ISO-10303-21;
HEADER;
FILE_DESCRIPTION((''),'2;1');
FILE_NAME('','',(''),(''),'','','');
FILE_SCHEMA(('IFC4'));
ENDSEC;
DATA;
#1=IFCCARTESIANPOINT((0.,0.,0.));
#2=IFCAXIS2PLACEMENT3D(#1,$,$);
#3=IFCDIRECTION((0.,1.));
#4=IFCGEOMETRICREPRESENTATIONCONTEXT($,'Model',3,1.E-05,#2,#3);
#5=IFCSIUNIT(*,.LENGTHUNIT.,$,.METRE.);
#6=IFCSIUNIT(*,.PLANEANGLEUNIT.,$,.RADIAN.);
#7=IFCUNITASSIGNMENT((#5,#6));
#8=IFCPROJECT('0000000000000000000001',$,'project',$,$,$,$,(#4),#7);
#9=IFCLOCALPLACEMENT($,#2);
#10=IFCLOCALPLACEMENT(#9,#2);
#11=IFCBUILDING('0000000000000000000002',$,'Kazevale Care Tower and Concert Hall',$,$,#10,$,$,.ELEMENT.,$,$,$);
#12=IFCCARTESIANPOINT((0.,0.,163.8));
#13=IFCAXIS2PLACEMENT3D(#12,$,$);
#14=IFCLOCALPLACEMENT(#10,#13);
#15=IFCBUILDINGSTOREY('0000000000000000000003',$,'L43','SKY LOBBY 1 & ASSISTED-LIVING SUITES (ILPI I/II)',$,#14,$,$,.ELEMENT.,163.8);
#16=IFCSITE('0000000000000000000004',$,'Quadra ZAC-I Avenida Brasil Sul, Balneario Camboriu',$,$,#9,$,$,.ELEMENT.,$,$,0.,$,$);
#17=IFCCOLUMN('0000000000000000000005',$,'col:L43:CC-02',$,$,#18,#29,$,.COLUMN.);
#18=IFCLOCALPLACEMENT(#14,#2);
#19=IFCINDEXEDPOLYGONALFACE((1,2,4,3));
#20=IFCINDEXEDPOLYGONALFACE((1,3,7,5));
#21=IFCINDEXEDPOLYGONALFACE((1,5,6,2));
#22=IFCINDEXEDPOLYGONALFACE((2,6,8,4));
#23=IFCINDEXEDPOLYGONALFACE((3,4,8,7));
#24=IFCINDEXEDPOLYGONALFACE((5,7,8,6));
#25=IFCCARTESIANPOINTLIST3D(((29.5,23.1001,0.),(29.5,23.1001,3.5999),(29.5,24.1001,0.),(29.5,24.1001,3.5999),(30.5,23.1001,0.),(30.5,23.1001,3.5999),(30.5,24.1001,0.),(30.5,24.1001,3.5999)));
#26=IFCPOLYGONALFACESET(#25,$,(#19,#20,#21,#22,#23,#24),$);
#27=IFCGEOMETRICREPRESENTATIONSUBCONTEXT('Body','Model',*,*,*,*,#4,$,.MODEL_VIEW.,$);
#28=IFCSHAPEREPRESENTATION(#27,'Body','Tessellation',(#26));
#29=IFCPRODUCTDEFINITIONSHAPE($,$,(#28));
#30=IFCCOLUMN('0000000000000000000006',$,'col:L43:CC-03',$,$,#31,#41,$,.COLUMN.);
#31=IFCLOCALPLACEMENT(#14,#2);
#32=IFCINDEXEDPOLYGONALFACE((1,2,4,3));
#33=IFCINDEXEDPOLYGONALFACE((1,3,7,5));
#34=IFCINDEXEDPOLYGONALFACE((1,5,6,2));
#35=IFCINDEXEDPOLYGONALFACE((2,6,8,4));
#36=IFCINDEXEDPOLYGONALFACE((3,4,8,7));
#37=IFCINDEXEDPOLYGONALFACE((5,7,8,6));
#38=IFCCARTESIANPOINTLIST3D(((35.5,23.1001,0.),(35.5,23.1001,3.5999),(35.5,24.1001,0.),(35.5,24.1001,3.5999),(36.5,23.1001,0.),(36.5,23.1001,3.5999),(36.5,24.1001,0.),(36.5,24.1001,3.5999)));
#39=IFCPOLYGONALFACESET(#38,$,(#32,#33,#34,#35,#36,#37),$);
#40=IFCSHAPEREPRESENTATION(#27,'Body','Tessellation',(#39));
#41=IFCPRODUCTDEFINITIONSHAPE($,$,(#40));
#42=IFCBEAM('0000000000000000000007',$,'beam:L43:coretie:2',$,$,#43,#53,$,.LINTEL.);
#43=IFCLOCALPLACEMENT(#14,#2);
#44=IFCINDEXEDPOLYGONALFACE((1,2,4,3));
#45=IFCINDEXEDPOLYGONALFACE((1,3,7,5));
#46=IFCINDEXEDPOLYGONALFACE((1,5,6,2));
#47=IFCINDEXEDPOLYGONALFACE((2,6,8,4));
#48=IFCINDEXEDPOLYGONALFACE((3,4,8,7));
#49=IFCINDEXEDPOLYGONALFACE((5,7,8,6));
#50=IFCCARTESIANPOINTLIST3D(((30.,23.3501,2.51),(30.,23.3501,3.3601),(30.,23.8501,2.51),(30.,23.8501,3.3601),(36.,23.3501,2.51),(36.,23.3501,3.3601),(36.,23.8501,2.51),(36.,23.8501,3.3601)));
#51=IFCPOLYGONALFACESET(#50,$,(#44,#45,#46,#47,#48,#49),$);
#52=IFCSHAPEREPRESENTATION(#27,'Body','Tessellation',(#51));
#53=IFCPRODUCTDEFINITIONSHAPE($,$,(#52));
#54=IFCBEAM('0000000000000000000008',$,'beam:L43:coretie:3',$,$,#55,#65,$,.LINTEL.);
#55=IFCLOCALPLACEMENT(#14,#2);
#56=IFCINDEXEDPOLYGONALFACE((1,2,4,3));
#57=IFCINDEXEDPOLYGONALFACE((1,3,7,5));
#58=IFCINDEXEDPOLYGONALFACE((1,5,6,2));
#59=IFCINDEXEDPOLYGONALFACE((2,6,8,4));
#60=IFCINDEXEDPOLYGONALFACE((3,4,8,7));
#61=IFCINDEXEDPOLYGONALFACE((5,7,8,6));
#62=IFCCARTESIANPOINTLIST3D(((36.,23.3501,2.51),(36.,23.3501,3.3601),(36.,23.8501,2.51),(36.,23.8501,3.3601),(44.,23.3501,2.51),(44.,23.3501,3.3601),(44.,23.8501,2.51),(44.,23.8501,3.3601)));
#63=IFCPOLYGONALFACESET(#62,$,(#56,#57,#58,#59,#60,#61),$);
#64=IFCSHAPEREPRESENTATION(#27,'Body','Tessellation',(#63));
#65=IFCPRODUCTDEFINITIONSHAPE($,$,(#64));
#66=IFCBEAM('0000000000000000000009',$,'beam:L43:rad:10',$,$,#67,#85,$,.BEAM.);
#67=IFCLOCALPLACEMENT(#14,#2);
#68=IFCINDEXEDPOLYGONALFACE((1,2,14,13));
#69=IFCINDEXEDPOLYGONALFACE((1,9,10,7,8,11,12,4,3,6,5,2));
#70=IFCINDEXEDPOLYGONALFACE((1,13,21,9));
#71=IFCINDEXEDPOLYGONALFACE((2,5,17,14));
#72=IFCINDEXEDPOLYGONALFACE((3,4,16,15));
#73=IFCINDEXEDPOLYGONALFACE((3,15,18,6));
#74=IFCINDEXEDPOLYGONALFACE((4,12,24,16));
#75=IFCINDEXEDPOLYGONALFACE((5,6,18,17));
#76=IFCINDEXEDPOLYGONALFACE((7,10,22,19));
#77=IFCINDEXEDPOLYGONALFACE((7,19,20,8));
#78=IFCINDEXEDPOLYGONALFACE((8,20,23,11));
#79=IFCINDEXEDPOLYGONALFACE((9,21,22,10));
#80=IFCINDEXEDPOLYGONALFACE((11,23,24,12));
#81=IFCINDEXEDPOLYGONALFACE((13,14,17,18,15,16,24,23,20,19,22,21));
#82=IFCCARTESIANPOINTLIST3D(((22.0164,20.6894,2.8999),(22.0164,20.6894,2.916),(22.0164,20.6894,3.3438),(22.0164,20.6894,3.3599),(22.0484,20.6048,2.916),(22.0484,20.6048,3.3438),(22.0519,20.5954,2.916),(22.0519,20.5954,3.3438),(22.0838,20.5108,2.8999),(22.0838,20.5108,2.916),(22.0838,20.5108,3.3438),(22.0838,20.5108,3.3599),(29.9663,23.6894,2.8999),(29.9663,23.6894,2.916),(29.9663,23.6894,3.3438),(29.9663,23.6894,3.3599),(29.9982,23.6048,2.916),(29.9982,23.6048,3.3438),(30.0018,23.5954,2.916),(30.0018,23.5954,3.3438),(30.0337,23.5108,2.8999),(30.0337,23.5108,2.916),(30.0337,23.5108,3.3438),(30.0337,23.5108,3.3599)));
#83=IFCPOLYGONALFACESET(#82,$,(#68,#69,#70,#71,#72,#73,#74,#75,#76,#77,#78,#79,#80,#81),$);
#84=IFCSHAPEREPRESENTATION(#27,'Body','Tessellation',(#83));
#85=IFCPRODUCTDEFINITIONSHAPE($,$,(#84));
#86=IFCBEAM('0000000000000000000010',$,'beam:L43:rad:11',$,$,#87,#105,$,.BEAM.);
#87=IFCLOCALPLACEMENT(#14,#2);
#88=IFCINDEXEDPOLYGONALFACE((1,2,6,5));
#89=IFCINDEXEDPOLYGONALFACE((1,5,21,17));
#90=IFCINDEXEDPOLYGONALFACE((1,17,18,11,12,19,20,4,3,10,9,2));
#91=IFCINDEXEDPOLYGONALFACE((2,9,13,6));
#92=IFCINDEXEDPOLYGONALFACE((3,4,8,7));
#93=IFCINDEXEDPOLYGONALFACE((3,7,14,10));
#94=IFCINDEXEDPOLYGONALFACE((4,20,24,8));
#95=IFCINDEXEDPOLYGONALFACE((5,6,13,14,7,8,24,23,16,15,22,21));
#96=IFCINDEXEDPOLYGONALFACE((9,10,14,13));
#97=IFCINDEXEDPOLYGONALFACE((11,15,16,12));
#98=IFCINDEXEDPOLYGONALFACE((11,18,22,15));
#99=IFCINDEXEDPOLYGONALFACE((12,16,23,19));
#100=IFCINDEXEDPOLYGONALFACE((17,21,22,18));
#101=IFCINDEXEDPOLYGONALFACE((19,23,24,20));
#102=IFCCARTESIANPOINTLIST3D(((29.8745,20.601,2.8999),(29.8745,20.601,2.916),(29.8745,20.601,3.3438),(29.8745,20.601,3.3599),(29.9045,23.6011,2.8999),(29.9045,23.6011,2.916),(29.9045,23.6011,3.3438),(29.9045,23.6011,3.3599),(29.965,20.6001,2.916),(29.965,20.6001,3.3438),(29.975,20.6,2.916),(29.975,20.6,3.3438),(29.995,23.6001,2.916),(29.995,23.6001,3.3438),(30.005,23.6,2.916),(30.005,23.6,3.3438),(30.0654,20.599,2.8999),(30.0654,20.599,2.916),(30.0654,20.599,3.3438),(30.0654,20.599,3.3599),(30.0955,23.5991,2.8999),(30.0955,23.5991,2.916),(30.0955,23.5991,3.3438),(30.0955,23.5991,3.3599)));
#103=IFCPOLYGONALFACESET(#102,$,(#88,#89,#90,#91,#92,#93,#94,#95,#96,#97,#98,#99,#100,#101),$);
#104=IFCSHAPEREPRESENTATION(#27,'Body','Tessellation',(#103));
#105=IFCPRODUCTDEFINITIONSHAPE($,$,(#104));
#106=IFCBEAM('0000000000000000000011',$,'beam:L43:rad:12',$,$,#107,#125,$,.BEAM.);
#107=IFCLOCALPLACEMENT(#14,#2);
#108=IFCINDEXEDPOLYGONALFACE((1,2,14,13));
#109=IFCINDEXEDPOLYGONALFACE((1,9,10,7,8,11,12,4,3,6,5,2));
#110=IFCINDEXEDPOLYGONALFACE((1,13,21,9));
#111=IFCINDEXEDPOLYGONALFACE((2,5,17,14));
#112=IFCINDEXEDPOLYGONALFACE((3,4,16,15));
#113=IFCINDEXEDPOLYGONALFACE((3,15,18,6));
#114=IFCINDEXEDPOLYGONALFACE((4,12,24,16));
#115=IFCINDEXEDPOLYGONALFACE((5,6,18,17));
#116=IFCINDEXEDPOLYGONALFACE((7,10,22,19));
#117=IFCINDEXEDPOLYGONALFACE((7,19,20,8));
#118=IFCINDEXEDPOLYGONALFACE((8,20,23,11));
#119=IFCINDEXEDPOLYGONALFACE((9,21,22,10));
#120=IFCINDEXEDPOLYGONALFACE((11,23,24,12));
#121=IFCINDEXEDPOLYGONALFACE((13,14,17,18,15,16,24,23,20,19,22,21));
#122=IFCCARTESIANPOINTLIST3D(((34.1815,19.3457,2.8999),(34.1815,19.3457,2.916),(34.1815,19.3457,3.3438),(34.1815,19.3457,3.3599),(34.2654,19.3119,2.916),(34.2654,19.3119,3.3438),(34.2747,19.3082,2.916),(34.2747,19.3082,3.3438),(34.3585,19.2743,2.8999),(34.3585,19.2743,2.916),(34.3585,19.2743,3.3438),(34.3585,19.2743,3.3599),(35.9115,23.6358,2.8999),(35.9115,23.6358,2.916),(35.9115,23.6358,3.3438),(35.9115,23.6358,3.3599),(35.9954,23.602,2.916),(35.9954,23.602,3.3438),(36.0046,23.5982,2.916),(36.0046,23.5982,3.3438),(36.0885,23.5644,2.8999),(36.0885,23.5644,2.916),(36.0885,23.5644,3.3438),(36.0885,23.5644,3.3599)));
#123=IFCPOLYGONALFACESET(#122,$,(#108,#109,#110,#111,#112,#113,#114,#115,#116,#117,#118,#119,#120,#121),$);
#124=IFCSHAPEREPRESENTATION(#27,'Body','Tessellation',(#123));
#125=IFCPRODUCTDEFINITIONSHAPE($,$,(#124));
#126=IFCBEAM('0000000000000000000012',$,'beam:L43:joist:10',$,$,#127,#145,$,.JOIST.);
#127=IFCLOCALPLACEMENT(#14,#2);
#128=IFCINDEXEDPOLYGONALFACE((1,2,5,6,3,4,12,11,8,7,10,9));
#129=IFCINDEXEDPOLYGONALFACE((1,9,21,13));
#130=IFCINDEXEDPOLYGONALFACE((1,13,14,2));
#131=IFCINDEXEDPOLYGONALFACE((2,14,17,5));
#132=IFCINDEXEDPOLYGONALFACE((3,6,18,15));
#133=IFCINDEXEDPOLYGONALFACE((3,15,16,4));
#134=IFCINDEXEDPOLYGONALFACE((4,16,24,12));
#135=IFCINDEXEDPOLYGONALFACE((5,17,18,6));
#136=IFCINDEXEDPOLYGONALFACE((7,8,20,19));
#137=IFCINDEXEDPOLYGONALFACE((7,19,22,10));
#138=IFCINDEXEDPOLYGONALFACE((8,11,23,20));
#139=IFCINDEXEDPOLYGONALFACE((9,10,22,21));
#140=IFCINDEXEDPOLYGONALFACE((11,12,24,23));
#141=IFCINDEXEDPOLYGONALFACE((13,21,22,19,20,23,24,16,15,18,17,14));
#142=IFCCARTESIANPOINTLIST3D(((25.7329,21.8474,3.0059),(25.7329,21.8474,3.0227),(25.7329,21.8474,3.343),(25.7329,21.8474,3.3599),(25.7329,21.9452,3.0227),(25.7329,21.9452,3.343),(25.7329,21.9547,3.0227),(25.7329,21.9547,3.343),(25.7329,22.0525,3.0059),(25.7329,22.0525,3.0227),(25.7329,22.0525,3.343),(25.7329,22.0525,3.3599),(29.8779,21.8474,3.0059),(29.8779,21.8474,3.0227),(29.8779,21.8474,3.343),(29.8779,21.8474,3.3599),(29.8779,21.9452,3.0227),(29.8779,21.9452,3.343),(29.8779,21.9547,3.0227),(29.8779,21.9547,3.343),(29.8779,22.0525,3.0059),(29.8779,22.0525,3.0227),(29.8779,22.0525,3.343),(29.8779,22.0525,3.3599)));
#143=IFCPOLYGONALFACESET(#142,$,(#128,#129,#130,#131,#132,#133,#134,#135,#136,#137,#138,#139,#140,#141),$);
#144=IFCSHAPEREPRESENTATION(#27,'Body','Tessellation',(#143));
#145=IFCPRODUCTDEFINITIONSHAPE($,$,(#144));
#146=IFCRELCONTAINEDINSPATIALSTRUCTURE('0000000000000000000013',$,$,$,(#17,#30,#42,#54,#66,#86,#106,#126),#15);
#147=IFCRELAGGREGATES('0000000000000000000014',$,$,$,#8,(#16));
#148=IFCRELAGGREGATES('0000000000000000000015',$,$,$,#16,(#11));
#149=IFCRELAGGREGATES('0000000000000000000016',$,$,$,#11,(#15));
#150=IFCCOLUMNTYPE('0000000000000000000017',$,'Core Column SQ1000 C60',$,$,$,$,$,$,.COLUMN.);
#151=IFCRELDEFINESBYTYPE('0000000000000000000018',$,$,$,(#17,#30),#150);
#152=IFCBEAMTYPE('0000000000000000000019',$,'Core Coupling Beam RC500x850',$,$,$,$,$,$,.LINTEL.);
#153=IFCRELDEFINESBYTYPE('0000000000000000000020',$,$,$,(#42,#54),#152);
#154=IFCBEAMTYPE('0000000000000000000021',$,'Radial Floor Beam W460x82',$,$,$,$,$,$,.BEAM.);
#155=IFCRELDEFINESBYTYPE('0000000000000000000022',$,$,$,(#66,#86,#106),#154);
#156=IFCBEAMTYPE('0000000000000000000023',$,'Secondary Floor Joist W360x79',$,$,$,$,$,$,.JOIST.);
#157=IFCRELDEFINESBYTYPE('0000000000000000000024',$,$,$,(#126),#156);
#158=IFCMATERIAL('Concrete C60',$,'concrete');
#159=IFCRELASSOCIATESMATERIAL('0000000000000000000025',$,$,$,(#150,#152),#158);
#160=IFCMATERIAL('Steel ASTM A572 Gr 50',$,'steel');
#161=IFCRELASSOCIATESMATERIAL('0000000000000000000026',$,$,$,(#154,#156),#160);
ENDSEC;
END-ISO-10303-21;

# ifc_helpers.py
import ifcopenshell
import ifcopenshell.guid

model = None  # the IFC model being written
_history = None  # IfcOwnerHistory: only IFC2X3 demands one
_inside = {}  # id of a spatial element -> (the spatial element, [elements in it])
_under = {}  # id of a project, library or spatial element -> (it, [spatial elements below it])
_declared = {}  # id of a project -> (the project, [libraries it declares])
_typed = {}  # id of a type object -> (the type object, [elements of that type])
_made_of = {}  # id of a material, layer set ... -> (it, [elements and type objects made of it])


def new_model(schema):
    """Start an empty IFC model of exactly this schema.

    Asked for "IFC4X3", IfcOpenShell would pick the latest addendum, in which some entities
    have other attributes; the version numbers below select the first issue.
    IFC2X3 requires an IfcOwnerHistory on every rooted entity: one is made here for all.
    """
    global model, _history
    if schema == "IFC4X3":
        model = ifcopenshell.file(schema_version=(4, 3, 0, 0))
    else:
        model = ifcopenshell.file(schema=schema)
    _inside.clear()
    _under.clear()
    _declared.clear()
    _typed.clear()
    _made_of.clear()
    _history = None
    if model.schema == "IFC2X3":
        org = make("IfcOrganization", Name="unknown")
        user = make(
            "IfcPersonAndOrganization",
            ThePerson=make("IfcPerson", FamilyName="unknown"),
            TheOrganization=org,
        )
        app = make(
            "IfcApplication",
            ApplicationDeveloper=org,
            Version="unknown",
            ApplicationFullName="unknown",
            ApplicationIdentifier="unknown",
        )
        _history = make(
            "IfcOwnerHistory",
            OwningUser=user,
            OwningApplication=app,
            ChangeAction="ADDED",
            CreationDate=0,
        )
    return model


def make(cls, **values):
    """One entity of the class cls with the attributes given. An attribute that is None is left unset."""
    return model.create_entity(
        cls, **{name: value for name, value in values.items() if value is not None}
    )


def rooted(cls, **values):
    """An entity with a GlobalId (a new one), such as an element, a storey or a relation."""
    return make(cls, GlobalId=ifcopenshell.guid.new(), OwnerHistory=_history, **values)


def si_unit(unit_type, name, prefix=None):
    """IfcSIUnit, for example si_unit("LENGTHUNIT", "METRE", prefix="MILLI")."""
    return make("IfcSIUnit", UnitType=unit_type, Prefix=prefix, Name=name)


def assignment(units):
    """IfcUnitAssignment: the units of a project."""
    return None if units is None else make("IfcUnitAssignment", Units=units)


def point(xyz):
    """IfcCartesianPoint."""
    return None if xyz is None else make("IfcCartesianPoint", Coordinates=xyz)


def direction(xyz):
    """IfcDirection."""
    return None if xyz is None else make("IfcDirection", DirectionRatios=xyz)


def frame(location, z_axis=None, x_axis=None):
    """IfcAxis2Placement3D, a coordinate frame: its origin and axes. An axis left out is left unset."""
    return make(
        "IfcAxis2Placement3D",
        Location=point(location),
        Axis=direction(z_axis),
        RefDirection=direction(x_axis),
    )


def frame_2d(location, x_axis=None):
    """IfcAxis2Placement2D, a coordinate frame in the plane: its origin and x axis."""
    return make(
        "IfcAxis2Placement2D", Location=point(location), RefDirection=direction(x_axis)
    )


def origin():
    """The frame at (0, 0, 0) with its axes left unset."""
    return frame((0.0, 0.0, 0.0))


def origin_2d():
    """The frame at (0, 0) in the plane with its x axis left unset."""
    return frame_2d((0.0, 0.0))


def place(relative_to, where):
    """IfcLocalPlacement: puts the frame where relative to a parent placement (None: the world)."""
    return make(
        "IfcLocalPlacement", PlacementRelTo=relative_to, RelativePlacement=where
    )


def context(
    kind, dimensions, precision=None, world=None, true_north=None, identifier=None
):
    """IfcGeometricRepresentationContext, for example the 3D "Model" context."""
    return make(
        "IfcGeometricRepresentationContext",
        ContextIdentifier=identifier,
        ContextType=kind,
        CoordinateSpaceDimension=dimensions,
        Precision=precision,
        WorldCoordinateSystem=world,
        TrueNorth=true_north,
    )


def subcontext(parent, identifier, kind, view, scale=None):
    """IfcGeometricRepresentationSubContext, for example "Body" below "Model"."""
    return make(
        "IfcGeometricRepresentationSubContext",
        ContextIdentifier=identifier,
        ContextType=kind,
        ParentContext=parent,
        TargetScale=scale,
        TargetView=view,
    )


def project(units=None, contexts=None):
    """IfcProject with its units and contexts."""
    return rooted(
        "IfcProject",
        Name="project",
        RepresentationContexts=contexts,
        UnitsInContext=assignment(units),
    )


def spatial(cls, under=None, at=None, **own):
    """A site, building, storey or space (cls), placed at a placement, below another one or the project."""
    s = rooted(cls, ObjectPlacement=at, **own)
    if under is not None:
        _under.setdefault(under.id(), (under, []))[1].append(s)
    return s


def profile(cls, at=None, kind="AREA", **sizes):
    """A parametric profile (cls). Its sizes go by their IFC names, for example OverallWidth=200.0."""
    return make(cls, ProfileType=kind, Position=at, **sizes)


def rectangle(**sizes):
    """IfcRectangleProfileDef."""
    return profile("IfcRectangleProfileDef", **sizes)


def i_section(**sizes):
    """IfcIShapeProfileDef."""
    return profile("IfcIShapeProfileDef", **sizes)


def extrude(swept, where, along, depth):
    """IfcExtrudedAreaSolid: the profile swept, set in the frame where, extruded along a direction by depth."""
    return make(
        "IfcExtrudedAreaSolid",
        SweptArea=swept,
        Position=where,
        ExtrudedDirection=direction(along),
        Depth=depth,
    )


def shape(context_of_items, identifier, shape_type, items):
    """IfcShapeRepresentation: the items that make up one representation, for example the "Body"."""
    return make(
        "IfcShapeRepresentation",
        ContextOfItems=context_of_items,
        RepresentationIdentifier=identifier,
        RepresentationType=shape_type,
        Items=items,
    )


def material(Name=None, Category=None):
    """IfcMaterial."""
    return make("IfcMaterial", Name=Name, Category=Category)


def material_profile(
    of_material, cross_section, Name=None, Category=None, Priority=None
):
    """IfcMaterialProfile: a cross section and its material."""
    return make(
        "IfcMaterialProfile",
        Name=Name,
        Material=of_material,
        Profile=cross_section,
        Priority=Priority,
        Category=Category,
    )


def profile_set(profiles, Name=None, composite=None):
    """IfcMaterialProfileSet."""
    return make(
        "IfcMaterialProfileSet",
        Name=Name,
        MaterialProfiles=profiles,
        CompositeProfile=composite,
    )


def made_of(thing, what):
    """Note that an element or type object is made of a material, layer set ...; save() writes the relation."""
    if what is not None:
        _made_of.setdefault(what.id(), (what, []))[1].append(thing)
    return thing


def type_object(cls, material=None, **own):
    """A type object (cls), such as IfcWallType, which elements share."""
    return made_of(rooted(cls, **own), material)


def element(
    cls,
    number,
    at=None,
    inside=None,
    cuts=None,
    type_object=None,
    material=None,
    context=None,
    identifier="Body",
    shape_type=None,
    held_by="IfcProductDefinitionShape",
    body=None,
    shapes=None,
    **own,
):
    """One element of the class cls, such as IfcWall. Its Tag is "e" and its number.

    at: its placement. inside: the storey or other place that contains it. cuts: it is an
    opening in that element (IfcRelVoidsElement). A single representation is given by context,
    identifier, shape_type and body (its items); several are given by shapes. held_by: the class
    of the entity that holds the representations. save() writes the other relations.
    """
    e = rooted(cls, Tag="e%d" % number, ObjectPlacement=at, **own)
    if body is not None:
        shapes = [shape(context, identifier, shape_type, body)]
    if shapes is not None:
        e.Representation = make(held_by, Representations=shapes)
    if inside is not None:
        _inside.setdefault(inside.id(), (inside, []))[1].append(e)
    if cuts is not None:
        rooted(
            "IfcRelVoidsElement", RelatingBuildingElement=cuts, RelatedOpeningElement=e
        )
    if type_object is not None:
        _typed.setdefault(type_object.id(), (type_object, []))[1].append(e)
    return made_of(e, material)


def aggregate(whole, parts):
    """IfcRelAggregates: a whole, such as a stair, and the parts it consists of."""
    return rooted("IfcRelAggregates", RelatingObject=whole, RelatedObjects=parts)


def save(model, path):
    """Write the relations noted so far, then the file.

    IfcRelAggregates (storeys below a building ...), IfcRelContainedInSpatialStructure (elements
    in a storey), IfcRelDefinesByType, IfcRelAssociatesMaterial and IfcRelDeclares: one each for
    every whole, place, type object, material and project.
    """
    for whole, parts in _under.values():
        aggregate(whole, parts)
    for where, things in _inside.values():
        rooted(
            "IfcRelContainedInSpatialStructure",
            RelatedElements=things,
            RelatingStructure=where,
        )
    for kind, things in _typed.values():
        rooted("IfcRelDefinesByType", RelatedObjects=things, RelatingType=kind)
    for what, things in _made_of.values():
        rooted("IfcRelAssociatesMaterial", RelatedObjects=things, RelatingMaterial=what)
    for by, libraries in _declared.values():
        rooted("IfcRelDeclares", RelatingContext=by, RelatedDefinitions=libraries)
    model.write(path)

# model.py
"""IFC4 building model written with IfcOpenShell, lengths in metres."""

from ifc_helpers import new_model, si_unit, direction, frame, origin, origin_2d, place, context, subcontext, project, spatial, rectangle, i_section, extrude, material, material_profile, profile_set, type_object, element, save


model = new_model("IFC4")

# Units and contexts
model_context = context("Model", 3, precision=1e-05, world=origin(), true_north=direction((0.0, 1.0)))
body_context = subcontext(model_context, "Body", "Model", "MODEL_VIEW")
ifc_project = project(units=[si_unit("LENGTHUNIT", "METRE"), si_unit("PLANEANGLEUNIT", "RADIAN")], contexts=[model_context])

# Site, building, storey
site_placement = place(None, origin())
site = spatial("IfcSite", under=ifc_project, at=site_placement, Name="Quadra ZAC-I Avenida Brasil Sul, Balneario Camboriu", CompositionType="ELEMENT", RefElevation=0.0)
building_placement = place(site_placement, origin())
building = spatial("IfcBuilding", under=site, at=building_placement, Name="Kazevale Care Tower and Concert Hall", CompositionType="ELEMENT")
storey_placement = place(building_placement, frame((0.0, 0.0, 163.8)))
storey = spatial("IfcBuildingStorey", under=building, at=storey_placement, Name="L43", Description="SKY LOBBY 1 & ASSISTED-LIVING SUITES (ILPI I/II)", CompositionType="ELEMENT", Elevation=163.8)

# Columns
ifc_material_1 = material(Name="Concrete C60", Category="concrete")
ifc_material_profile_1 = material_profile(ifc_material_1, rectangle(XDim=1.0, YDim=1.0, at=origin_2d()), Name="RC-SQ1000")
ifc_profile_set_1 = profile_set([ifc_material_profile_1], Name="Concrete C60")
column_type = type_object("IfcColumnType", Name="Core Column SQ1000 C60", PredefinedType="COLUMN", material=ifc_profile_set_1)
for number, where, z_axis, x_axis, name in (
    (1, (30.0, 23.6001, 0.0), (0.0, 0.0, 1.0), (1.0, 0.0, 0.0), "col:L43:CC-02"),
    (2, (36.0, 23.6001, 0.0), (0.0, 0.0, 1.0), (1.0, 0.0, 0.0), "col:L43:CC-03"),
):
    element("IfcColumn", number, at=place(storey_placement, frame(where, z_axis=z_axis, x_axis=x_axis)), inside=storey, type_object=column_type, Name=name, PredefinedType="COLUMN", context=body_context, shape_type="SweptSolid", body=[
        extrude(rectangle(XDim=1.0, YDim=1.0, at=origin_2d()), origin(), (0.0, 0.0, 1.0), 3.5999),
    ])

# Beams
ifc_material_profile_2 = material_profile(ifc_material_1, rectangle(XDim=0.5, YDim=0.8501, at=origin_2d()), Name="RC-B500x850")
ifc_profile_set_2 = profile_set([ifc_material_profile_2], Name="Concrete C60")
beam_type_1 = type_object("IfcBeamType", Name="Core Coupling Beam RC500x850", PredefinedType="LINTEL", material=ifc_profile_set_2)
beam_1_placement = place(storey_placement, frame((30.0, 23.6001, 2.9351), z_axis=(1.0, 0.0, 0.0), x_axis=(0.0, 1.0, 0.0)))
element("IfcBeam", 3, at=beam_1_placement, inside=storey, type_object=beam_type_1, Name="beam:L43:coretie:2", PredefinedType="LINTEL", context=body_context, shape_type="SweptSolid", body=[
    extrude(rectangle(XDim=0.5, YDim=0.8501, at=origin_2d()), origin(), (0.0, 0.0, 1.0), 6.0),
])
beam_2_placement = place(storey_placement, frame((36.0, 23.6001, 2.9351), z_axis=(1.0, 0.0, 0.0), x_axis=(0.0, 1.0, 0.0)))
element("IfcBeam", 4, at=beam_2_placement, inside=storey, type_object=beam_type_1, Name="beam:L43:coretie:3", PredefinedType="LINTEL", context=body_context, shape_type="SweptSolid", body=[
    extrude(rectangle(XDim=0.5, YDim=0.8501, at=origin_2d()), origin(), (0.0, 0.0, 1.0), 8.0),
])
ifc_material_2 = material(Name="Steel ASTM A572 Gr 50", Category="steel")
ifc_material_profile_3 = material_profile(ifc_material_2, i_section(OverallWidth=0.1909, OverallDepth=0.46, WebThickness=0.01, FlangeThickness=0.0161, at=origin_2d()), Name="W460x82")
ifc_profile_set_3 = profile_set([ifc_material_profile_3], Name="Steel ASTM A572 Gr 50")
beam_type_2 = type_object("IfcBeamType", Name="Radial Floor Beam W460x82", PredefinedType="BEAM", material=ifc_profile_set_3)
beam_3_placement = place(storey_placement, frame((30.0, 23.6001, 3.1299), z_axis=(-0.935601, -0.353059, 0.0), x_axis=(0.353059, -0.935601, 0.0)))
element("IfcBeam", 5, at=beam_3_placement, inside=storey, type_object=beam_type_2, Name="beam:L43:rad:10", PredefinedType="BEAM", context=body_context, shape_type="SweptSolid", body=[
    extrude(i_section(OverallWidth=0.1909, OverallDepth=0.46, WebThickness=0.01, FlangeThickness=0.0161, at=origin_2d()), origin(), (0.0, 0.0, 1.0), 8.4971),
])
beam_4_placement = place(storey_placement, frame((30.0, 23.6001, 3.1299), z_axis=(-0.010009, -0.99995, 0.0), x_axis=(0.99995, -0.010009, 0.0)))
element("IfcBeam", 6, at=beam_4_placement, inside=storey, type_object=beam_type_2, Name="beam:L43:rad:11", PredefinedType="BEAM", context=body_context, shape_type="SweptSolid", body=[
    extrude(i_section(OverallWidth=0.1909, OverallDepth=0.46, WebThickness=0.01, FlangeThickness=0.0161, at=origin_2d()), origin(), (0.0, 0.0, 1.0), 3.0002),
])
beam_5_placement = place(storey_placement, frame((36.0, 23.6001, 3.1299), z_axis=(-0.373992, -0.927432, 0.0), x_axis=(0.927432, -0.373992, 0.0)))
element("IfcBeam", 7, at=beam_5_placement, inside=storey, type_object=beam_type_2, Name="beam:L43:rad:12", PredefinedType="BEAM", context=body_context, shape_type="SweptSolid", body=[
    extrude(i_section(OverallWidth=0.1909, OverallDepth=0.46, WebThickness=0.01, FlangeThickness=0.0161, at=origin_2d()), origin(), (0.0, 0.0, 1.0), 4.6257),
])
ifc_material_profile_4 = material_profile(ifc_material_2, i_section(OverallWidth=0.2051, OverallDepth=0.354, WebThickness=0.0095, FlangeThickness=0.0168, at=origin_2d()), Name="W360x79")
ifc_profile_set_4 = profile_set([ifc_material_profile_4], Name="Steel ASTM A572 Gr 50")
beam_type_3 = type_object("IfcBeamType", Name="Secondary Floor Joist W360x79", PredefinedType="JOIST", material=ifc_profile_set_4)
beam_6_placement = place(storey_placement, frame((25.7329, 21.95, 3.1829), z_axis=(1.0, 0.0, 0.0), x_axis=(0.0, 1.0, 0.0)))
element("IfcBeam", 8, at=beam_6_placement, inside=storey, type_object=beam_type_3, Name="beam:L43:joist:10", PredefinedType="JOIST", context=body_context, shape_type="SweptSolid", body=[
    extrude(i_section(OverallWidth=0.2051, OverallDepth=0.354, WebThickness=0.0095, FlangeThickness=0.0168, at=origin_2d()), origin(), (0.0, 0.0, 1.0), 4.145),
])

save(model, "model.ifc")
